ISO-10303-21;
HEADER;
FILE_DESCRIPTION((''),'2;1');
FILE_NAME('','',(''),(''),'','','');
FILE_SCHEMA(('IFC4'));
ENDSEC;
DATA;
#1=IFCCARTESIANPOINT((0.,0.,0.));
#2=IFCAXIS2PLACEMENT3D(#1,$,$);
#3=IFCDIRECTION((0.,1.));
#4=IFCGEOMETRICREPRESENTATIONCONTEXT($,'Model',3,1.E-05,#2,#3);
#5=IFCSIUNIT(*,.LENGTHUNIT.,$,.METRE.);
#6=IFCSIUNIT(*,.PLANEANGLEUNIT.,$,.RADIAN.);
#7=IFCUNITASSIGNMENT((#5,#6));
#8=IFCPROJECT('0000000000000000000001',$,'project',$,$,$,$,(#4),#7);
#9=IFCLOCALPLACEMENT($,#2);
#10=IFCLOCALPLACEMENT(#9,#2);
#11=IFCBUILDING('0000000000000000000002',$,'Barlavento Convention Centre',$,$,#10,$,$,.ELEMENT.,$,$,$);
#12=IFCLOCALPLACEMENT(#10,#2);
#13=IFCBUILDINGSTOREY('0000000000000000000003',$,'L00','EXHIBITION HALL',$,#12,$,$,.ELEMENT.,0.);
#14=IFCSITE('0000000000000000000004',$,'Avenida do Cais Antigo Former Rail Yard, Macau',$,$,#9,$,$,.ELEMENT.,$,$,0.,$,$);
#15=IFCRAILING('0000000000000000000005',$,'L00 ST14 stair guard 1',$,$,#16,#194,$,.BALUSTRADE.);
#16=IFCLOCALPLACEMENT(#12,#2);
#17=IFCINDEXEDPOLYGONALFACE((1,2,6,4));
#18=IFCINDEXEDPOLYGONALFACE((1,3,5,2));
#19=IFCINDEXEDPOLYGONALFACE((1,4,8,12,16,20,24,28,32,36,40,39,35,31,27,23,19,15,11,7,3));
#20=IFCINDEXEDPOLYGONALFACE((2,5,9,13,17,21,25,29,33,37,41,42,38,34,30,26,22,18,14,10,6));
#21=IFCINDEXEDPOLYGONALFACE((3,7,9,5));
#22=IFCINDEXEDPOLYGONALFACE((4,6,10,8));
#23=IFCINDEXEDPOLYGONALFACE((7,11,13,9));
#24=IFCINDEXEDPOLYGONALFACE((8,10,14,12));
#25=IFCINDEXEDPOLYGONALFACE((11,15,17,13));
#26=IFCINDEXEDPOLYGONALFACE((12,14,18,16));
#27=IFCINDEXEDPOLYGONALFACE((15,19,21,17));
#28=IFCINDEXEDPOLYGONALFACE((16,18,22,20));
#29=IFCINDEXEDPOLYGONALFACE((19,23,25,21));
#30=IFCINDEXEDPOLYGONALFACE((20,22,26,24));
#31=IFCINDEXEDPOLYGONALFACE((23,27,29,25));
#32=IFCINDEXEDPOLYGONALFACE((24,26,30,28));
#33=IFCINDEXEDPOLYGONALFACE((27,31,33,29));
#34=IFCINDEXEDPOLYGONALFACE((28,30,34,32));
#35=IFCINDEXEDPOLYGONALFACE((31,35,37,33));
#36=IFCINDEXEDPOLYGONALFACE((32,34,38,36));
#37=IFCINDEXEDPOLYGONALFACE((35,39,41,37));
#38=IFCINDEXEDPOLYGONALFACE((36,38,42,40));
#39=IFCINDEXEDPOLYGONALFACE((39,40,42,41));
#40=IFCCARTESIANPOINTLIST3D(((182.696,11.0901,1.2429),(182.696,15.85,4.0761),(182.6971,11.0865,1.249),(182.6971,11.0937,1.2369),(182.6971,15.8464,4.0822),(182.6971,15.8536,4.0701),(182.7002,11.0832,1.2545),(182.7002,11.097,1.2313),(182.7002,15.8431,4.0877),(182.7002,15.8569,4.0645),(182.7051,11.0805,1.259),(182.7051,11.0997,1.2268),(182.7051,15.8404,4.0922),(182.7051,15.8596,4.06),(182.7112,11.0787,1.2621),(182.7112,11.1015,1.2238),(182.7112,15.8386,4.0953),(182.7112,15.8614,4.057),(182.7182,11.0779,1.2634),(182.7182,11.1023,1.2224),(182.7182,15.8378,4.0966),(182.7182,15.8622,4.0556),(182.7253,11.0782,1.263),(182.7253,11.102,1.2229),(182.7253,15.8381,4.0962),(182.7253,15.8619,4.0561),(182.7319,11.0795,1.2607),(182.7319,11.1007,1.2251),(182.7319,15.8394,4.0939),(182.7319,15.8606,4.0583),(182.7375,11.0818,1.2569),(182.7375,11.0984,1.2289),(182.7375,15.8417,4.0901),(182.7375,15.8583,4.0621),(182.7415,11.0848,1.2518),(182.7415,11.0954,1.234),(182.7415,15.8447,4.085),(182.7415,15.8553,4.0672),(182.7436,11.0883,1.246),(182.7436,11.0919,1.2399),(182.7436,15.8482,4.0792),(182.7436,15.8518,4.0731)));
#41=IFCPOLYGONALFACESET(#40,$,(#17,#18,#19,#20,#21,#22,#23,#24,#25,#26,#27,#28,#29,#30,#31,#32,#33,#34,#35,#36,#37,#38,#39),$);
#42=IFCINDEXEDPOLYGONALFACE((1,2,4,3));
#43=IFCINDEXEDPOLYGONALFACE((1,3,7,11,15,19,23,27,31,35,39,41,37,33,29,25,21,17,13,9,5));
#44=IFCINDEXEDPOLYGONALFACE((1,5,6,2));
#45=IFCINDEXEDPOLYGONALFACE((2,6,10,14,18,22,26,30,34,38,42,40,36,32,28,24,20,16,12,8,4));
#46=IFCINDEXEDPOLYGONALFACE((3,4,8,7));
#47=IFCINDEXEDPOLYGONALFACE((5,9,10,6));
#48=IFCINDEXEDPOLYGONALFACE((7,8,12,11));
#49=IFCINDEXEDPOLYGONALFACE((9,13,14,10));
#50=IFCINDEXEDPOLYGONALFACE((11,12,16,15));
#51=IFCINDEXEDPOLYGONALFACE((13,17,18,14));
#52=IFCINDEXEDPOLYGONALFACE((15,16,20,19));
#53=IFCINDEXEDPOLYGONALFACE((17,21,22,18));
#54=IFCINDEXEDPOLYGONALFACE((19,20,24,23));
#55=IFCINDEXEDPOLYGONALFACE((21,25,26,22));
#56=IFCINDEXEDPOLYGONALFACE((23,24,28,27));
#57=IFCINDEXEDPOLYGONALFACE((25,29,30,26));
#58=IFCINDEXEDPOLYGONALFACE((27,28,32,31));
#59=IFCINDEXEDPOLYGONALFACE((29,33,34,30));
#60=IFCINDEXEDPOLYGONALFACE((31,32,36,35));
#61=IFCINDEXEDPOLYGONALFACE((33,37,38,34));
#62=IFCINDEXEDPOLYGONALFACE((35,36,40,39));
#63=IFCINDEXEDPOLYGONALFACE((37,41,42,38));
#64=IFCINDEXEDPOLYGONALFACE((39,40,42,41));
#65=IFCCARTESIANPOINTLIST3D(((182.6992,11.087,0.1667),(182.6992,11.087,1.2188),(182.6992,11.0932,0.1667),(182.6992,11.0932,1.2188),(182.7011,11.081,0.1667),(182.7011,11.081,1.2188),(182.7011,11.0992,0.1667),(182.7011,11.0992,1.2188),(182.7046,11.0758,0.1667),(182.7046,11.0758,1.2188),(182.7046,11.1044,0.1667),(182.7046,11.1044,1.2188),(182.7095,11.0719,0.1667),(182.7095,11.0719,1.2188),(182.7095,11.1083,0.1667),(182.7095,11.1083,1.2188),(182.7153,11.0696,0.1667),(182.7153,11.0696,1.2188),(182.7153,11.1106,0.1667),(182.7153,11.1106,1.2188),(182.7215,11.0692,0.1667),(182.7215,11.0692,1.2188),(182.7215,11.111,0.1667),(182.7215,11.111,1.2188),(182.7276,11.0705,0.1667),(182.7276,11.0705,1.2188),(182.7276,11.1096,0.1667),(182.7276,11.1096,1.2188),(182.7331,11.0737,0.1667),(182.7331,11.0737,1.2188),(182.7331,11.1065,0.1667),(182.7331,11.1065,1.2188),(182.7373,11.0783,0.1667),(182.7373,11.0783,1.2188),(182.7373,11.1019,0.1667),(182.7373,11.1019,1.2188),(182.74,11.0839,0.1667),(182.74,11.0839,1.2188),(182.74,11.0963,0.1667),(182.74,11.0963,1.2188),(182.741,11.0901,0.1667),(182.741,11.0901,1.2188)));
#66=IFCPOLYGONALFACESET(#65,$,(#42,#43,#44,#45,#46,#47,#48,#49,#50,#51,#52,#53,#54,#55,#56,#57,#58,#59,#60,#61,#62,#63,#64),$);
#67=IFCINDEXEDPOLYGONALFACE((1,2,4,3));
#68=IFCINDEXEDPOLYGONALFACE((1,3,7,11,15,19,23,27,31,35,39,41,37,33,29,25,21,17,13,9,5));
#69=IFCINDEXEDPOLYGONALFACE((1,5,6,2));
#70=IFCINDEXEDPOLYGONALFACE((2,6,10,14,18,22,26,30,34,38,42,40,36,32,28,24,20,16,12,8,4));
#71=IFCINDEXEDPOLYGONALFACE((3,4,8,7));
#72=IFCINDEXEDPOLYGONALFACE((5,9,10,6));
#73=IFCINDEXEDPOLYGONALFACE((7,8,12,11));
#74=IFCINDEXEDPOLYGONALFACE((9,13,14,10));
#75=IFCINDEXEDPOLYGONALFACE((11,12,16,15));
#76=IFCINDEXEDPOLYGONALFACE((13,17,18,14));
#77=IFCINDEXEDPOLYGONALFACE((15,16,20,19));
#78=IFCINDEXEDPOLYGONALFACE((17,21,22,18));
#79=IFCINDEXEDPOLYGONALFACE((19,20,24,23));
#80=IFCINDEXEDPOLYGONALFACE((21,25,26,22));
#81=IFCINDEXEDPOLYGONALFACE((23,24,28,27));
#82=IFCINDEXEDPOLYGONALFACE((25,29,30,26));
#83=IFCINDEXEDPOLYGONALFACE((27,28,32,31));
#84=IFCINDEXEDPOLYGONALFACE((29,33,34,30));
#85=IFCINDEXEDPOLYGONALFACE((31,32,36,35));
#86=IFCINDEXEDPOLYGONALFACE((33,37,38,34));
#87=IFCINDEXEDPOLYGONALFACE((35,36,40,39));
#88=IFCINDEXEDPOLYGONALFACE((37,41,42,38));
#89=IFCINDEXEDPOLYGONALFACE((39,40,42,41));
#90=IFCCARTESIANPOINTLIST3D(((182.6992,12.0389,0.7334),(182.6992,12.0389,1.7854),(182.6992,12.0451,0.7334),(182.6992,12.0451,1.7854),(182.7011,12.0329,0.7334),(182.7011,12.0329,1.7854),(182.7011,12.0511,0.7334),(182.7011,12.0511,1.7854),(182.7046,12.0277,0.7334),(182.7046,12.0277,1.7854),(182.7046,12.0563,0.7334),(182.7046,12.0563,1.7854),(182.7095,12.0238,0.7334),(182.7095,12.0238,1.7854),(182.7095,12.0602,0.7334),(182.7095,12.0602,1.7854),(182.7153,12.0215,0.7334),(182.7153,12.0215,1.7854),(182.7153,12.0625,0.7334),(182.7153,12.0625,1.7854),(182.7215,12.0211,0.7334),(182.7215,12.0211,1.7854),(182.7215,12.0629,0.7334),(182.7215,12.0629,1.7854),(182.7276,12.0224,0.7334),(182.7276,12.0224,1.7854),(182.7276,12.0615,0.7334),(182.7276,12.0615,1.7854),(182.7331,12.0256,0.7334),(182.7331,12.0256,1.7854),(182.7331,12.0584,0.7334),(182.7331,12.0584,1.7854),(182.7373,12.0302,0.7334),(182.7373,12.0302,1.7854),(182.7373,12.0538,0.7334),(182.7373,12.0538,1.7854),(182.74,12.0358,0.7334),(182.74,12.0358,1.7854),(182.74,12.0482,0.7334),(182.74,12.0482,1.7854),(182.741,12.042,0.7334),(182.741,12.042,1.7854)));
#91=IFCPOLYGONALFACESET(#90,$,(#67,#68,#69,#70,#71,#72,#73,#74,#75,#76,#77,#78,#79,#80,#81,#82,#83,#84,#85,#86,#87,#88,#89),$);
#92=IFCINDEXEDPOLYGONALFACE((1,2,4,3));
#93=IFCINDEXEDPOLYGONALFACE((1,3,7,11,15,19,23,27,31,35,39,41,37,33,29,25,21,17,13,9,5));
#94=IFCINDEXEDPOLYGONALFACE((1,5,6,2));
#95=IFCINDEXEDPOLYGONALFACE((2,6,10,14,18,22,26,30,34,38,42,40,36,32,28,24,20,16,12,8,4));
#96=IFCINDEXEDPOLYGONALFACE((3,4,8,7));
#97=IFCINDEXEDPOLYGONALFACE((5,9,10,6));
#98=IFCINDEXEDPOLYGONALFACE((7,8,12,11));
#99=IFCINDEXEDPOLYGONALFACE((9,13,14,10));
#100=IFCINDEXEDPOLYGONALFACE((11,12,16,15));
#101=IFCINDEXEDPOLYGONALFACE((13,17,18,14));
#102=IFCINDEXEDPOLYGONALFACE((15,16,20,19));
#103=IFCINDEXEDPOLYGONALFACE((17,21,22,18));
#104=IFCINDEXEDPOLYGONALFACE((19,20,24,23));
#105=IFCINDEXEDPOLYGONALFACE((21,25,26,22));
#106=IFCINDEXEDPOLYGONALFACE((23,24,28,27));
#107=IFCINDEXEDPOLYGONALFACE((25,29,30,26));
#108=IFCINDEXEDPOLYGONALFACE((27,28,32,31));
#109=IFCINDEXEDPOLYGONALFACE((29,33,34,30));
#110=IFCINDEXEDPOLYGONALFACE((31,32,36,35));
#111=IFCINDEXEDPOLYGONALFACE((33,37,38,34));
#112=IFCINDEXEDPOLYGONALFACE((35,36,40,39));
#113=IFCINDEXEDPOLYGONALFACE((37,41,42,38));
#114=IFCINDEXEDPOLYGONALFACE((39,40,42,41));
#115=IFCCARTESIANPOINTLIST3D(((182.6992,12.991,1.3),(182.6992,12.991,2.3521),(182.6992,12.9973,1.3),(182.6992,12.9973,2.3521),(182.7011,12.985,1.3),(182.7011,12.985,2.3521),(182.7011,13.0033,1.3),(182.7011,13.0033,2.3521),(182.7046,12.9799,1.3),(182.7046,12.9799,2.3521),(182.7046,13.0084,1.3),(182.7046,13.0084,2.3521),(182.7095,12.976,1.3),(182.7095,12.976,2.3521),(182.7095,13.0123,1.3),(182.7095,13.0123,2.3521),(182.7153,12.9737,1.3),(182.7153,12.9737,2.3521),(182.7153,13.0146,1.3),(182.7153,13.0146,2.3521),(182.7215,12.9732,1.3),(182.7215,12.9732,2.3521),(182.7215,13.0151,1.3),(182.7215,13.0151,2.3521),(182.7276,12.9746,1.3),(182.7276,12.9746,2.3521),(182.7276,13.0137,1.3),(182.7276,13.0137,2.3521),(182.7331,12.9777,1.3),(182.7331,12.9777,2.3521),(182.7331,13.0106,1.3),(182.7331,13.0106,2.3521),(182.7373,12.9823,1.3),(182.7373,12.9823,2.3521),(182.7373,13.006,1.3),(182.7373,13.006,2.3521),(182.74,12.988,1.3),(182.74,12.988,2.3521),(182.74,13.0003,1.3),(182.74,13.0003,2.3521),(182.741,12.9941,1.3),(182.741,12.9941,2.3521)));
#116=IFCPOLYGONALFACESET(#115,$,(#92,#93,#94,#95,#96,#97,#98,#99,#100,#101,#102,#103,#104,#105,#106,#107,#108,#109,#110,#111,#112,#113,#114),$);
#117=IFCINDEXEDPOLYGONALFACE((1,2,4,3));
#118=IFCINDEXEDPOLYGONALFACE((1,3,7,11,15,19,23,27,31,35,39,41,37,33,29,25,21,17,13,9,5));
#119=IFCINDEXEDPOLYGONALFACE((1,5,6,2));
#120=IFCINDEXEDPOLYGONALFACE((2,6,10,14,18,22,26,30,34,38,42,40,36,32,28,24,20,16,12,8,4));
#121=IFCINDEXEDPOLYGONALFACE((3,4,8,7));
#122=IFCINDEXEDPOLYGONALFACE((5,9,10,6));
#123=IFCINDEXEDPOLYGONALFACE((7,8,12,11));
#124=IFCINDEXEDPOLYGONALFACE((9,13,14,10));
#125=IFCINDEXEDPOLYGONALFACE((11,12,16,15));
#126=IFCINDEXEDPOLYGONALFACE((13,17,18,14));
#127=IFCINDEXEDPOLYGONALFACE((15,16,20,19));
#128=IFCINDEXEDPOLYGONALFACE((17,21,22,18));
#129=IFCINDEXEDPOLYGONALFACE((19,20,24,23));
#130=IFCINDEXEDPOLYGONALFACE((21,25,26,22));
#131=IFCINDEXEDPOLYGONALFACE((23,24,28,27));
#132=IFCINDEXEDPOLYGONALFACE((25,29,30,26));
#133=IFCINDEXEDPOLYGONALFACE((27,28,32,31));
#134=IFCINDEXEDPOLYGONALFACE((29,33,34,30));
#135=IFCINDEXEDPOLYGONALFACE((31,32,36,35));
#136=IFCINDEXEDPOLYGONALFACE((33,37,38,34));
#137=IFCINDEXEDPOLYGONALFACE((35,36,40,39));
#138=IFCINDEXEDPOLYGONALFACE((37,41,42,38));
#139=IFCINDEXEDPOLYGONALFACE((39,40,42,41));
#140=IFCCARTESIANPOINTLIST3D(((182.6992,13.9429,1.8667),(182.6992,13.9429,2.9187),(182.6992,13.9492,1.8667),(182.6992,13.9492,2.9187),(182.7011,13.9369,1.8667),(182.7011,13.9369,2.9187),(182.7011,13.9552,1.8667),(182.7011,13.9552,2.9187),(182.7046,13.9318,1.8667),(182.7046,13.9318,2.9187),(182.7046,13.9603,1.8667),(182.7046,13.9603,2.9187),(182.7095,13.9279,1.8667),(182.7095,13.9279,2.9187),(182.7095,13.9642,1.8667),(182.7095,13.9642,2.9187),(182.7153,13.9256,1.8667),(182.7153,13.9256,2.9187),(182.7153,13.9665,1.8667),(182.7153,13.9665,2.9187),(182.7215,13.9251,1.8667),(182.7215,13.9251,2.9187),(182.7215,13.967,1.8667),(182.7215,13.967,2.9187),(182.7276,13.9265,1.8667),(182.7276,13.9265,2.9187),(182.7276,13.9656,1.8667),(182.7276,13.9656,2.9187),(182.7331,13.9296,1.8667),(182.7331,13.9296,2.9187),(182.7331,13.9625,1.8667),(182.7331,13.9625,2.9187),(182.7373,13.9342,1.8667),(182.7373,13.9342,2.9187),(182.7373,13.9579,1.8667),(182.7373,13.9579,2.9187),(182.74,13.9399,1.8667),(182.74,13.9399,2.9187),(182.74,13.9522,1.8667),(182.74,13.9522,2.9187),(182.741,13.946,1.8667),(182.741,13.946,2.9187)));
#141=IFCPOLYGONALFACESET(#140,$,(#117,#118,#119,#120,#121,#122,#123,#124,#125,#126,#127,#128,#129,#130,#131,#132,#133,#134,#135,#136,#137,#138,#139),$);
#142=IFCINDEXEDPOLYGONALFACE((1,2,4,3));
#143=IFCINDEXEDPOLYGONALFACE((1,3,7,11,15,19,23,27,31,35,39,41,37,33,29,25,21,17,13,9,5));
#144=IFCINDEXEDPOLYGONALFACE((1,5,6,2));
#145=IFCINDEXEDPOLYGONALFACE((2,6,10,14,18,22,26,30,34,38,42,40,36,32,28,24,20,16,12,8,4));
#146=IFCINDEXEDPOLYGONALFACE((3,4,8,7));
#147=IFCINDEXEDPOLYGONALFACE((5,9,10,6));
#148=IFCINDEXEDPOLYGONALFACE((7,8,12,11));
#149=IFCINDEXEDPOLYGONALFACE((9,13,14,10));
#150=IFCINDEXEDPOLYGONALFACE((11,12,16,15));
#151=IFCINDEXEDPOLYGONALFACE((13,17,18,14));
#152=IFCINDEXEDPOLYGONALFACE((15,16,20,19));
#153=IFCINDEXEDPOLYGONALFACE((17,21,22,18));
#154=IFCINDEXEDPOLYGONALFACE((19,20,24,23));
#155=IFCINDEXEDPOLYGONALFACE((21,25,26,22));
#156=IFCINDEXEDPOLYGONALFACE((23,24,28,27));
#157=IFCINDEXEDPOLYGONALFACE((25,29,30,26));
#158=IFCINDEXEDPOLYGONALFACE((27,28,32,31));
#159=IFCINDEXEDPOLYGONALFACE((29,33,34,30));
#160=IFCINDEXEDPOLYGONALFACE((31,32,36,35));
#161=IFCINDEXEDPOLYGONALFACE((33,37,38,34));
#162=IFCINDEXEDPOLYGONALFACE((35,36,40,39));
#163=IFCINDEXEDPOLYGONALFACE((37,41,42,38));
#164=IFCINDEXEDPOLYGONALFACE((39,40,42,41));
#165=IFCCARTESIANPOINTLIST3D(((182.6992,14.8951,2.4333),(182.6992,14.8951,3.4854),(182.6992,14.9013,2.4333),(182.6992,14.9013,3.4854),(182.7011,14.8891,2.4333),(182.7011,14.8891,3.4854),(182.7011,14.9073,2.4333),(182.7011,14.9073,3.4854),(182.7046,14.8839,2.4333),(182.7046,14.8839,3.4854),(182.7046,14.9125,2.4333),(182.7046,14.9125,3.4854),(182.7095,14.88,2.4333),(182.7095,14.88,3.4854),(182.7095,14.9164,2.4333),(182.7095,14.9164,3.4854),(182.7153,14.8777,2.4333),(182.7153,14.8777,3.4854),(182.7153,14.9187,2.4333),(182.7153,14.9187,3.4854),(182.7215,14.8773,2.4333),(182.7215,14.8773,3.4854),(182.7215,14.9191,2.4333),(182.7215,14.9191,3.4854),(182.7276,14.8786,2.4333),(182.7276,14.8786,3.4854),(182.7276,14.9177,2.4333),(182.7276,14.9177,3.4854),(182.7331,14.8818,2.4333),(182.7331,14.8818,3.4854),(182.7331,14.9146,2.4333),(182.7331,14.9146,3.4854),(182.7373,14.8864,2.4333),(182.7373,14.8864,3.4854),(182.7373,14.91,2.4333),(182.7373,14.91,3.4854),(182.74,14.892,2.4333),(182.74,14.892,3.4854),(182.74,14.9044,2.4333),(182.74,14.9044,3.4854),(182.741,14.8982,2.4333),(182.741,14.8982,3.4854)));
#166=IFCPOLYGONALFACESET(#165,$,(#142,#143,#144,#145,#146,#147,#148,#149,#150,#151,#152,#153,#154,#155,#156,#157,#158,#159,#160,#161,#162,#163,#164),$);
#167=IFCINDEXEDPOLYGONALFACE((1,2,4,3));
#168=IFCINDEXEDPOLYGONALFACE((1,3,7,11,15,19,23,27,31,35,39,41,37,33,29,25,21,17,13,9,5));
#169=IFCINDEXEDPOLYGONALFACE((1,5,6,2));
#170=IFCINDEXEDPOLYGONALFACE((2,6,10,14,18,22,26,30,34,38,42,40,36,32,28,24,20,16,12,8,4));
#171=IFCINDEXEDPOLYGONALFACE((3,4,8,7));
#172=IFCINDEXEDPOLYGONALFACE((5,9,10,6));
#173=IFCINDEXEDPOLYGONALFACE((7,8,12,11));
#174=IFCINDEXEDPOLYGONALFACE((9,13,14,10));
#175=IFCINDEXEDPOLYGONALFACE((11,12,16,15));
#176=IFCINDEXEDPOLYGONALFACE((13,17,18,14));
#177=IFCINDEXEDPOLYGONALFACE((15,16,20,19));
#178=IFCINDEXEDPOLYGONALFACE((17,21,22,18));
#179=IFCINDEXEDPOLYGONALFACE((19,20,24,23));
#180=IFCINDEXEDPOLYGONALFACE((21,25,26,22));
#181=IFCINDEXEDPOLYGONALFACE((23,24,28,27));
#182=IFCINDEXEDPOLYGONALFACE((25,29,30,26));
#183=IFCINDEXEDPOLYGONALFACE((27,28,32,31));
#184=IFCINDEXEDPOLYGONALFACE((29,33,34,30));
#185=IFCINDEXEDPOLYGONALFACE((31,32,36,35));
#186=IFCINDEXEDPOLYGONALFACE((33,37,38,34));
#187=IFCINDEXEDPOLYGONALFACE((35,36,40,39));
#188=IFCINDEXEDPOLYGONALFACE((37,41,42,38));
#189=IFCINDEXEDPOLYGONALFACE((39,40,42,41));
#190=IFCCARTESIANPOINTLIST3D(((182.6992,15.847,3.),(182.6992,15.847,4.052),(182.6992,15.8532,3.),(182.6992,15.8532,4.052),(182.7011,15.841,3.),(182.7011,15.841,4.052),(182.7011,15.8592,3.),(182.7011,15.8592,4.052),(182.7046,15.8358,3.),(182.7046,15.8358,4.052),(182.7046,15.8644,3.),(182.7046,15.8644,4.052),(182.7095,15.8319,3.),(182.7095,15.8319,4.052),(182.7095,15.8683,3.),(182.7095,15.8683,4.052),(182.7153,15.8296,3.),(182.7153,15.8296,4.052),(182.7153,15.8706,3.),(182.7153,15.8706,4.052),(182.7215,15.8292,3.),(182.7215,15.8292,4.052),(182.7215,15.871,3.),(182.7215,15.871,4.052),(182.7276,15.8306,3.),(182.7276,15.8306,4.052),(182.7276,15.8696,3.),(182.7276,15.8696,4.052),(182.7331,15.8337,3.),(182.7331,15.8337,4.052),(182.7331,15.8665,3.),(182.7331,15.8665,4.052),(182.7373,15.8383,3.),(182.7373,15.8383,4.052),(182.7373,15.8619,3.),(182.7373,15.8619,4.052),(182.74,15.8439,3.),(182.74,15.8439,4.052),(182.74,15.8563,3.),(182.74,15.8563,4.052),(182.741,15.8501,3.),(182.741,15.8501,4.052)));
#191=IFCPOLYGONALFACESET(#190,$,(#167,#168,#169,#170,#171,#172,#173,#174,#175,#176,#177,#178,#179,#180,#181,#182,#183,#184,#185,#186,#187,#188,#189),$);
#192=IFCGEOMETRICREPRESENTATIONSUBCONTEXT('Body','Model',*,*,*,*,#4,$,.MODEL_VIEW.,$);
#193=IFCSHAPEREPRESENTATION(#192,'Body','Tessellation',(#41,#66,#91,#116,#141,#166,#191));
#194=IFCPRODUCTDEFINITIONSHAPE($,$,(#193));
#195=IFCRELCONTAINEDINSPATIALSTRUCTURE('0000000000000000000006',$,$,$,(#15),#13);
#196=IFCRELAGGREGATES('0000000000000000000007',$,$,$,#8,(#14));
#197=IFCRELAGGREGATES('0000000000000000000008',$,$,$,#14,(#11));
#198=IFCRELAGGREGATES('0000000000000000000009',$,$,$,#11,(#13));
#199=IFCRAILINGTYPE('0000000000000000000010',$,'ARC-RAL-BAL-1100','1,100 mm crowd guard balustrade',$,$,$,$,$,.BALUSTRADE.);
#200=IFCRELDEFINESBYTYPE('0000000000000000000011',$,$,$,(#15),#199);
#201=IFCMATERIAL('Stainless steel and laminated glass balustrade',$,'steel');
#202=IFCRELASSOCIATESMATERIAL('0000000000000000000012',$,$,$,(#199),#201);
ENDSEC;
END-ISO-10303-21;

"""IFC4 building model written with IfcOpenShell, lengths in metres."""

from ifc_helpers import new_model, si_unit, direction, frame, origin, origin_2d, place, context, subcontext, project, spatial, circle, extrude, material, type_object, element, save


model = new_model("IFC4")

# Units and contexts
model_context = context("Model", 3, precision=1e-05, world=origin(), true_north=direction((0.0, 1.0)))
body_context = subcontext(model_context, "Body", "Model", "MODEL_VIEW")
ifc_project = project(units=[si_unit("LENGTHUNIT", "METRE"), si_unit("PLANEANGLEUNIT", "RADIAN")], contexts=[model_context])

# Site, building, storey
site_placement = place(None, origin())
site = spatial("IfcSite", under=ifc_project, at=site_placement, Name="Avenida do Cais Antigo Former Rail Yard, Macau", CompositionType="ELEMENT", RefElevation=0.0)
building_placement = place(site_placement, origin())
building = spatial("IfcBuilding", under=site, at=building_placement, Name="Barlavento Convention Centre", CompositionType="ELEMENT")
storey_placement = place(building_placement, origin())
storey = spatial("IfcBuildingStorey", under=building, at=storey_placement, Name="L00", Description="EXHIBITION HALL", CompositionType="ELEMENT", Elevation=0.0)

# Railing
ifc_material_1 = material(Name="Stainless steel and laminated glass balustrade", Category="steel")
railing_type_1 = type_object("IfcRailingType", Name="ARC-RAL-BAL-1100", Description="1,100 mm crowd guard balustrade", PredefinedType="BALUSTRADE", material=ifc_material_1)
railing_1_placement = place(storey_placement, frame((182.72, 11.0901, 0.1667)))
element("IfcRailing", 1, at=railing_1_placement, inside=storey, type_object=railing_type_1, Name="L00 ST14 stair guard 1", PredefinedType="BALUSTRADE", context=body_context, shape_type="SweptSolid", body=[
    extrude(circle(Radius=0.0239, at=origin_2d()), frame((0.0, 0.0, 1.0762), z_axis=(0.0, 0.8593, 0.511472), x_axis=(-1.0, 0.0, 0.0)), (0.0, 0.0, 1.0), 5.5393),
    extrude(circle(Radius=0.021, at=origin_2d()), origin(), (0.0, 0.0, 1.0), 1.052),
    extrude(circle(Radius=0.021, at=origin_2d()), frame((0.0, 0.9519, 0.5667)), (0.0, 0.0, 1.0), 1.052),
    extrude(circle(Radius=0.021, at=origin_2d()), frame((0.0, 1.9041, 1.1333)), (0.0, 0.0, 1.0), 1.052),
    extrude(circle(Radius=0.021, at=origin_2d()), frame((0.0, 2.856, 1.7)), (0.0, 0.0, 1.0), 1.052),
    extrude(circle(Radius=0.021, at=origin_2d()), frame((0.0, 3.8081, 2.2666)), (0.0, 0.0, 1.0), 1.052),
    extrude(circle(Radius=0.021, at=origin_2d()), frame((0.0, 4.76, 2.8333)), (0.0, 0.0, 1.0), 1.052),
])

save(model, "model.ifc")
